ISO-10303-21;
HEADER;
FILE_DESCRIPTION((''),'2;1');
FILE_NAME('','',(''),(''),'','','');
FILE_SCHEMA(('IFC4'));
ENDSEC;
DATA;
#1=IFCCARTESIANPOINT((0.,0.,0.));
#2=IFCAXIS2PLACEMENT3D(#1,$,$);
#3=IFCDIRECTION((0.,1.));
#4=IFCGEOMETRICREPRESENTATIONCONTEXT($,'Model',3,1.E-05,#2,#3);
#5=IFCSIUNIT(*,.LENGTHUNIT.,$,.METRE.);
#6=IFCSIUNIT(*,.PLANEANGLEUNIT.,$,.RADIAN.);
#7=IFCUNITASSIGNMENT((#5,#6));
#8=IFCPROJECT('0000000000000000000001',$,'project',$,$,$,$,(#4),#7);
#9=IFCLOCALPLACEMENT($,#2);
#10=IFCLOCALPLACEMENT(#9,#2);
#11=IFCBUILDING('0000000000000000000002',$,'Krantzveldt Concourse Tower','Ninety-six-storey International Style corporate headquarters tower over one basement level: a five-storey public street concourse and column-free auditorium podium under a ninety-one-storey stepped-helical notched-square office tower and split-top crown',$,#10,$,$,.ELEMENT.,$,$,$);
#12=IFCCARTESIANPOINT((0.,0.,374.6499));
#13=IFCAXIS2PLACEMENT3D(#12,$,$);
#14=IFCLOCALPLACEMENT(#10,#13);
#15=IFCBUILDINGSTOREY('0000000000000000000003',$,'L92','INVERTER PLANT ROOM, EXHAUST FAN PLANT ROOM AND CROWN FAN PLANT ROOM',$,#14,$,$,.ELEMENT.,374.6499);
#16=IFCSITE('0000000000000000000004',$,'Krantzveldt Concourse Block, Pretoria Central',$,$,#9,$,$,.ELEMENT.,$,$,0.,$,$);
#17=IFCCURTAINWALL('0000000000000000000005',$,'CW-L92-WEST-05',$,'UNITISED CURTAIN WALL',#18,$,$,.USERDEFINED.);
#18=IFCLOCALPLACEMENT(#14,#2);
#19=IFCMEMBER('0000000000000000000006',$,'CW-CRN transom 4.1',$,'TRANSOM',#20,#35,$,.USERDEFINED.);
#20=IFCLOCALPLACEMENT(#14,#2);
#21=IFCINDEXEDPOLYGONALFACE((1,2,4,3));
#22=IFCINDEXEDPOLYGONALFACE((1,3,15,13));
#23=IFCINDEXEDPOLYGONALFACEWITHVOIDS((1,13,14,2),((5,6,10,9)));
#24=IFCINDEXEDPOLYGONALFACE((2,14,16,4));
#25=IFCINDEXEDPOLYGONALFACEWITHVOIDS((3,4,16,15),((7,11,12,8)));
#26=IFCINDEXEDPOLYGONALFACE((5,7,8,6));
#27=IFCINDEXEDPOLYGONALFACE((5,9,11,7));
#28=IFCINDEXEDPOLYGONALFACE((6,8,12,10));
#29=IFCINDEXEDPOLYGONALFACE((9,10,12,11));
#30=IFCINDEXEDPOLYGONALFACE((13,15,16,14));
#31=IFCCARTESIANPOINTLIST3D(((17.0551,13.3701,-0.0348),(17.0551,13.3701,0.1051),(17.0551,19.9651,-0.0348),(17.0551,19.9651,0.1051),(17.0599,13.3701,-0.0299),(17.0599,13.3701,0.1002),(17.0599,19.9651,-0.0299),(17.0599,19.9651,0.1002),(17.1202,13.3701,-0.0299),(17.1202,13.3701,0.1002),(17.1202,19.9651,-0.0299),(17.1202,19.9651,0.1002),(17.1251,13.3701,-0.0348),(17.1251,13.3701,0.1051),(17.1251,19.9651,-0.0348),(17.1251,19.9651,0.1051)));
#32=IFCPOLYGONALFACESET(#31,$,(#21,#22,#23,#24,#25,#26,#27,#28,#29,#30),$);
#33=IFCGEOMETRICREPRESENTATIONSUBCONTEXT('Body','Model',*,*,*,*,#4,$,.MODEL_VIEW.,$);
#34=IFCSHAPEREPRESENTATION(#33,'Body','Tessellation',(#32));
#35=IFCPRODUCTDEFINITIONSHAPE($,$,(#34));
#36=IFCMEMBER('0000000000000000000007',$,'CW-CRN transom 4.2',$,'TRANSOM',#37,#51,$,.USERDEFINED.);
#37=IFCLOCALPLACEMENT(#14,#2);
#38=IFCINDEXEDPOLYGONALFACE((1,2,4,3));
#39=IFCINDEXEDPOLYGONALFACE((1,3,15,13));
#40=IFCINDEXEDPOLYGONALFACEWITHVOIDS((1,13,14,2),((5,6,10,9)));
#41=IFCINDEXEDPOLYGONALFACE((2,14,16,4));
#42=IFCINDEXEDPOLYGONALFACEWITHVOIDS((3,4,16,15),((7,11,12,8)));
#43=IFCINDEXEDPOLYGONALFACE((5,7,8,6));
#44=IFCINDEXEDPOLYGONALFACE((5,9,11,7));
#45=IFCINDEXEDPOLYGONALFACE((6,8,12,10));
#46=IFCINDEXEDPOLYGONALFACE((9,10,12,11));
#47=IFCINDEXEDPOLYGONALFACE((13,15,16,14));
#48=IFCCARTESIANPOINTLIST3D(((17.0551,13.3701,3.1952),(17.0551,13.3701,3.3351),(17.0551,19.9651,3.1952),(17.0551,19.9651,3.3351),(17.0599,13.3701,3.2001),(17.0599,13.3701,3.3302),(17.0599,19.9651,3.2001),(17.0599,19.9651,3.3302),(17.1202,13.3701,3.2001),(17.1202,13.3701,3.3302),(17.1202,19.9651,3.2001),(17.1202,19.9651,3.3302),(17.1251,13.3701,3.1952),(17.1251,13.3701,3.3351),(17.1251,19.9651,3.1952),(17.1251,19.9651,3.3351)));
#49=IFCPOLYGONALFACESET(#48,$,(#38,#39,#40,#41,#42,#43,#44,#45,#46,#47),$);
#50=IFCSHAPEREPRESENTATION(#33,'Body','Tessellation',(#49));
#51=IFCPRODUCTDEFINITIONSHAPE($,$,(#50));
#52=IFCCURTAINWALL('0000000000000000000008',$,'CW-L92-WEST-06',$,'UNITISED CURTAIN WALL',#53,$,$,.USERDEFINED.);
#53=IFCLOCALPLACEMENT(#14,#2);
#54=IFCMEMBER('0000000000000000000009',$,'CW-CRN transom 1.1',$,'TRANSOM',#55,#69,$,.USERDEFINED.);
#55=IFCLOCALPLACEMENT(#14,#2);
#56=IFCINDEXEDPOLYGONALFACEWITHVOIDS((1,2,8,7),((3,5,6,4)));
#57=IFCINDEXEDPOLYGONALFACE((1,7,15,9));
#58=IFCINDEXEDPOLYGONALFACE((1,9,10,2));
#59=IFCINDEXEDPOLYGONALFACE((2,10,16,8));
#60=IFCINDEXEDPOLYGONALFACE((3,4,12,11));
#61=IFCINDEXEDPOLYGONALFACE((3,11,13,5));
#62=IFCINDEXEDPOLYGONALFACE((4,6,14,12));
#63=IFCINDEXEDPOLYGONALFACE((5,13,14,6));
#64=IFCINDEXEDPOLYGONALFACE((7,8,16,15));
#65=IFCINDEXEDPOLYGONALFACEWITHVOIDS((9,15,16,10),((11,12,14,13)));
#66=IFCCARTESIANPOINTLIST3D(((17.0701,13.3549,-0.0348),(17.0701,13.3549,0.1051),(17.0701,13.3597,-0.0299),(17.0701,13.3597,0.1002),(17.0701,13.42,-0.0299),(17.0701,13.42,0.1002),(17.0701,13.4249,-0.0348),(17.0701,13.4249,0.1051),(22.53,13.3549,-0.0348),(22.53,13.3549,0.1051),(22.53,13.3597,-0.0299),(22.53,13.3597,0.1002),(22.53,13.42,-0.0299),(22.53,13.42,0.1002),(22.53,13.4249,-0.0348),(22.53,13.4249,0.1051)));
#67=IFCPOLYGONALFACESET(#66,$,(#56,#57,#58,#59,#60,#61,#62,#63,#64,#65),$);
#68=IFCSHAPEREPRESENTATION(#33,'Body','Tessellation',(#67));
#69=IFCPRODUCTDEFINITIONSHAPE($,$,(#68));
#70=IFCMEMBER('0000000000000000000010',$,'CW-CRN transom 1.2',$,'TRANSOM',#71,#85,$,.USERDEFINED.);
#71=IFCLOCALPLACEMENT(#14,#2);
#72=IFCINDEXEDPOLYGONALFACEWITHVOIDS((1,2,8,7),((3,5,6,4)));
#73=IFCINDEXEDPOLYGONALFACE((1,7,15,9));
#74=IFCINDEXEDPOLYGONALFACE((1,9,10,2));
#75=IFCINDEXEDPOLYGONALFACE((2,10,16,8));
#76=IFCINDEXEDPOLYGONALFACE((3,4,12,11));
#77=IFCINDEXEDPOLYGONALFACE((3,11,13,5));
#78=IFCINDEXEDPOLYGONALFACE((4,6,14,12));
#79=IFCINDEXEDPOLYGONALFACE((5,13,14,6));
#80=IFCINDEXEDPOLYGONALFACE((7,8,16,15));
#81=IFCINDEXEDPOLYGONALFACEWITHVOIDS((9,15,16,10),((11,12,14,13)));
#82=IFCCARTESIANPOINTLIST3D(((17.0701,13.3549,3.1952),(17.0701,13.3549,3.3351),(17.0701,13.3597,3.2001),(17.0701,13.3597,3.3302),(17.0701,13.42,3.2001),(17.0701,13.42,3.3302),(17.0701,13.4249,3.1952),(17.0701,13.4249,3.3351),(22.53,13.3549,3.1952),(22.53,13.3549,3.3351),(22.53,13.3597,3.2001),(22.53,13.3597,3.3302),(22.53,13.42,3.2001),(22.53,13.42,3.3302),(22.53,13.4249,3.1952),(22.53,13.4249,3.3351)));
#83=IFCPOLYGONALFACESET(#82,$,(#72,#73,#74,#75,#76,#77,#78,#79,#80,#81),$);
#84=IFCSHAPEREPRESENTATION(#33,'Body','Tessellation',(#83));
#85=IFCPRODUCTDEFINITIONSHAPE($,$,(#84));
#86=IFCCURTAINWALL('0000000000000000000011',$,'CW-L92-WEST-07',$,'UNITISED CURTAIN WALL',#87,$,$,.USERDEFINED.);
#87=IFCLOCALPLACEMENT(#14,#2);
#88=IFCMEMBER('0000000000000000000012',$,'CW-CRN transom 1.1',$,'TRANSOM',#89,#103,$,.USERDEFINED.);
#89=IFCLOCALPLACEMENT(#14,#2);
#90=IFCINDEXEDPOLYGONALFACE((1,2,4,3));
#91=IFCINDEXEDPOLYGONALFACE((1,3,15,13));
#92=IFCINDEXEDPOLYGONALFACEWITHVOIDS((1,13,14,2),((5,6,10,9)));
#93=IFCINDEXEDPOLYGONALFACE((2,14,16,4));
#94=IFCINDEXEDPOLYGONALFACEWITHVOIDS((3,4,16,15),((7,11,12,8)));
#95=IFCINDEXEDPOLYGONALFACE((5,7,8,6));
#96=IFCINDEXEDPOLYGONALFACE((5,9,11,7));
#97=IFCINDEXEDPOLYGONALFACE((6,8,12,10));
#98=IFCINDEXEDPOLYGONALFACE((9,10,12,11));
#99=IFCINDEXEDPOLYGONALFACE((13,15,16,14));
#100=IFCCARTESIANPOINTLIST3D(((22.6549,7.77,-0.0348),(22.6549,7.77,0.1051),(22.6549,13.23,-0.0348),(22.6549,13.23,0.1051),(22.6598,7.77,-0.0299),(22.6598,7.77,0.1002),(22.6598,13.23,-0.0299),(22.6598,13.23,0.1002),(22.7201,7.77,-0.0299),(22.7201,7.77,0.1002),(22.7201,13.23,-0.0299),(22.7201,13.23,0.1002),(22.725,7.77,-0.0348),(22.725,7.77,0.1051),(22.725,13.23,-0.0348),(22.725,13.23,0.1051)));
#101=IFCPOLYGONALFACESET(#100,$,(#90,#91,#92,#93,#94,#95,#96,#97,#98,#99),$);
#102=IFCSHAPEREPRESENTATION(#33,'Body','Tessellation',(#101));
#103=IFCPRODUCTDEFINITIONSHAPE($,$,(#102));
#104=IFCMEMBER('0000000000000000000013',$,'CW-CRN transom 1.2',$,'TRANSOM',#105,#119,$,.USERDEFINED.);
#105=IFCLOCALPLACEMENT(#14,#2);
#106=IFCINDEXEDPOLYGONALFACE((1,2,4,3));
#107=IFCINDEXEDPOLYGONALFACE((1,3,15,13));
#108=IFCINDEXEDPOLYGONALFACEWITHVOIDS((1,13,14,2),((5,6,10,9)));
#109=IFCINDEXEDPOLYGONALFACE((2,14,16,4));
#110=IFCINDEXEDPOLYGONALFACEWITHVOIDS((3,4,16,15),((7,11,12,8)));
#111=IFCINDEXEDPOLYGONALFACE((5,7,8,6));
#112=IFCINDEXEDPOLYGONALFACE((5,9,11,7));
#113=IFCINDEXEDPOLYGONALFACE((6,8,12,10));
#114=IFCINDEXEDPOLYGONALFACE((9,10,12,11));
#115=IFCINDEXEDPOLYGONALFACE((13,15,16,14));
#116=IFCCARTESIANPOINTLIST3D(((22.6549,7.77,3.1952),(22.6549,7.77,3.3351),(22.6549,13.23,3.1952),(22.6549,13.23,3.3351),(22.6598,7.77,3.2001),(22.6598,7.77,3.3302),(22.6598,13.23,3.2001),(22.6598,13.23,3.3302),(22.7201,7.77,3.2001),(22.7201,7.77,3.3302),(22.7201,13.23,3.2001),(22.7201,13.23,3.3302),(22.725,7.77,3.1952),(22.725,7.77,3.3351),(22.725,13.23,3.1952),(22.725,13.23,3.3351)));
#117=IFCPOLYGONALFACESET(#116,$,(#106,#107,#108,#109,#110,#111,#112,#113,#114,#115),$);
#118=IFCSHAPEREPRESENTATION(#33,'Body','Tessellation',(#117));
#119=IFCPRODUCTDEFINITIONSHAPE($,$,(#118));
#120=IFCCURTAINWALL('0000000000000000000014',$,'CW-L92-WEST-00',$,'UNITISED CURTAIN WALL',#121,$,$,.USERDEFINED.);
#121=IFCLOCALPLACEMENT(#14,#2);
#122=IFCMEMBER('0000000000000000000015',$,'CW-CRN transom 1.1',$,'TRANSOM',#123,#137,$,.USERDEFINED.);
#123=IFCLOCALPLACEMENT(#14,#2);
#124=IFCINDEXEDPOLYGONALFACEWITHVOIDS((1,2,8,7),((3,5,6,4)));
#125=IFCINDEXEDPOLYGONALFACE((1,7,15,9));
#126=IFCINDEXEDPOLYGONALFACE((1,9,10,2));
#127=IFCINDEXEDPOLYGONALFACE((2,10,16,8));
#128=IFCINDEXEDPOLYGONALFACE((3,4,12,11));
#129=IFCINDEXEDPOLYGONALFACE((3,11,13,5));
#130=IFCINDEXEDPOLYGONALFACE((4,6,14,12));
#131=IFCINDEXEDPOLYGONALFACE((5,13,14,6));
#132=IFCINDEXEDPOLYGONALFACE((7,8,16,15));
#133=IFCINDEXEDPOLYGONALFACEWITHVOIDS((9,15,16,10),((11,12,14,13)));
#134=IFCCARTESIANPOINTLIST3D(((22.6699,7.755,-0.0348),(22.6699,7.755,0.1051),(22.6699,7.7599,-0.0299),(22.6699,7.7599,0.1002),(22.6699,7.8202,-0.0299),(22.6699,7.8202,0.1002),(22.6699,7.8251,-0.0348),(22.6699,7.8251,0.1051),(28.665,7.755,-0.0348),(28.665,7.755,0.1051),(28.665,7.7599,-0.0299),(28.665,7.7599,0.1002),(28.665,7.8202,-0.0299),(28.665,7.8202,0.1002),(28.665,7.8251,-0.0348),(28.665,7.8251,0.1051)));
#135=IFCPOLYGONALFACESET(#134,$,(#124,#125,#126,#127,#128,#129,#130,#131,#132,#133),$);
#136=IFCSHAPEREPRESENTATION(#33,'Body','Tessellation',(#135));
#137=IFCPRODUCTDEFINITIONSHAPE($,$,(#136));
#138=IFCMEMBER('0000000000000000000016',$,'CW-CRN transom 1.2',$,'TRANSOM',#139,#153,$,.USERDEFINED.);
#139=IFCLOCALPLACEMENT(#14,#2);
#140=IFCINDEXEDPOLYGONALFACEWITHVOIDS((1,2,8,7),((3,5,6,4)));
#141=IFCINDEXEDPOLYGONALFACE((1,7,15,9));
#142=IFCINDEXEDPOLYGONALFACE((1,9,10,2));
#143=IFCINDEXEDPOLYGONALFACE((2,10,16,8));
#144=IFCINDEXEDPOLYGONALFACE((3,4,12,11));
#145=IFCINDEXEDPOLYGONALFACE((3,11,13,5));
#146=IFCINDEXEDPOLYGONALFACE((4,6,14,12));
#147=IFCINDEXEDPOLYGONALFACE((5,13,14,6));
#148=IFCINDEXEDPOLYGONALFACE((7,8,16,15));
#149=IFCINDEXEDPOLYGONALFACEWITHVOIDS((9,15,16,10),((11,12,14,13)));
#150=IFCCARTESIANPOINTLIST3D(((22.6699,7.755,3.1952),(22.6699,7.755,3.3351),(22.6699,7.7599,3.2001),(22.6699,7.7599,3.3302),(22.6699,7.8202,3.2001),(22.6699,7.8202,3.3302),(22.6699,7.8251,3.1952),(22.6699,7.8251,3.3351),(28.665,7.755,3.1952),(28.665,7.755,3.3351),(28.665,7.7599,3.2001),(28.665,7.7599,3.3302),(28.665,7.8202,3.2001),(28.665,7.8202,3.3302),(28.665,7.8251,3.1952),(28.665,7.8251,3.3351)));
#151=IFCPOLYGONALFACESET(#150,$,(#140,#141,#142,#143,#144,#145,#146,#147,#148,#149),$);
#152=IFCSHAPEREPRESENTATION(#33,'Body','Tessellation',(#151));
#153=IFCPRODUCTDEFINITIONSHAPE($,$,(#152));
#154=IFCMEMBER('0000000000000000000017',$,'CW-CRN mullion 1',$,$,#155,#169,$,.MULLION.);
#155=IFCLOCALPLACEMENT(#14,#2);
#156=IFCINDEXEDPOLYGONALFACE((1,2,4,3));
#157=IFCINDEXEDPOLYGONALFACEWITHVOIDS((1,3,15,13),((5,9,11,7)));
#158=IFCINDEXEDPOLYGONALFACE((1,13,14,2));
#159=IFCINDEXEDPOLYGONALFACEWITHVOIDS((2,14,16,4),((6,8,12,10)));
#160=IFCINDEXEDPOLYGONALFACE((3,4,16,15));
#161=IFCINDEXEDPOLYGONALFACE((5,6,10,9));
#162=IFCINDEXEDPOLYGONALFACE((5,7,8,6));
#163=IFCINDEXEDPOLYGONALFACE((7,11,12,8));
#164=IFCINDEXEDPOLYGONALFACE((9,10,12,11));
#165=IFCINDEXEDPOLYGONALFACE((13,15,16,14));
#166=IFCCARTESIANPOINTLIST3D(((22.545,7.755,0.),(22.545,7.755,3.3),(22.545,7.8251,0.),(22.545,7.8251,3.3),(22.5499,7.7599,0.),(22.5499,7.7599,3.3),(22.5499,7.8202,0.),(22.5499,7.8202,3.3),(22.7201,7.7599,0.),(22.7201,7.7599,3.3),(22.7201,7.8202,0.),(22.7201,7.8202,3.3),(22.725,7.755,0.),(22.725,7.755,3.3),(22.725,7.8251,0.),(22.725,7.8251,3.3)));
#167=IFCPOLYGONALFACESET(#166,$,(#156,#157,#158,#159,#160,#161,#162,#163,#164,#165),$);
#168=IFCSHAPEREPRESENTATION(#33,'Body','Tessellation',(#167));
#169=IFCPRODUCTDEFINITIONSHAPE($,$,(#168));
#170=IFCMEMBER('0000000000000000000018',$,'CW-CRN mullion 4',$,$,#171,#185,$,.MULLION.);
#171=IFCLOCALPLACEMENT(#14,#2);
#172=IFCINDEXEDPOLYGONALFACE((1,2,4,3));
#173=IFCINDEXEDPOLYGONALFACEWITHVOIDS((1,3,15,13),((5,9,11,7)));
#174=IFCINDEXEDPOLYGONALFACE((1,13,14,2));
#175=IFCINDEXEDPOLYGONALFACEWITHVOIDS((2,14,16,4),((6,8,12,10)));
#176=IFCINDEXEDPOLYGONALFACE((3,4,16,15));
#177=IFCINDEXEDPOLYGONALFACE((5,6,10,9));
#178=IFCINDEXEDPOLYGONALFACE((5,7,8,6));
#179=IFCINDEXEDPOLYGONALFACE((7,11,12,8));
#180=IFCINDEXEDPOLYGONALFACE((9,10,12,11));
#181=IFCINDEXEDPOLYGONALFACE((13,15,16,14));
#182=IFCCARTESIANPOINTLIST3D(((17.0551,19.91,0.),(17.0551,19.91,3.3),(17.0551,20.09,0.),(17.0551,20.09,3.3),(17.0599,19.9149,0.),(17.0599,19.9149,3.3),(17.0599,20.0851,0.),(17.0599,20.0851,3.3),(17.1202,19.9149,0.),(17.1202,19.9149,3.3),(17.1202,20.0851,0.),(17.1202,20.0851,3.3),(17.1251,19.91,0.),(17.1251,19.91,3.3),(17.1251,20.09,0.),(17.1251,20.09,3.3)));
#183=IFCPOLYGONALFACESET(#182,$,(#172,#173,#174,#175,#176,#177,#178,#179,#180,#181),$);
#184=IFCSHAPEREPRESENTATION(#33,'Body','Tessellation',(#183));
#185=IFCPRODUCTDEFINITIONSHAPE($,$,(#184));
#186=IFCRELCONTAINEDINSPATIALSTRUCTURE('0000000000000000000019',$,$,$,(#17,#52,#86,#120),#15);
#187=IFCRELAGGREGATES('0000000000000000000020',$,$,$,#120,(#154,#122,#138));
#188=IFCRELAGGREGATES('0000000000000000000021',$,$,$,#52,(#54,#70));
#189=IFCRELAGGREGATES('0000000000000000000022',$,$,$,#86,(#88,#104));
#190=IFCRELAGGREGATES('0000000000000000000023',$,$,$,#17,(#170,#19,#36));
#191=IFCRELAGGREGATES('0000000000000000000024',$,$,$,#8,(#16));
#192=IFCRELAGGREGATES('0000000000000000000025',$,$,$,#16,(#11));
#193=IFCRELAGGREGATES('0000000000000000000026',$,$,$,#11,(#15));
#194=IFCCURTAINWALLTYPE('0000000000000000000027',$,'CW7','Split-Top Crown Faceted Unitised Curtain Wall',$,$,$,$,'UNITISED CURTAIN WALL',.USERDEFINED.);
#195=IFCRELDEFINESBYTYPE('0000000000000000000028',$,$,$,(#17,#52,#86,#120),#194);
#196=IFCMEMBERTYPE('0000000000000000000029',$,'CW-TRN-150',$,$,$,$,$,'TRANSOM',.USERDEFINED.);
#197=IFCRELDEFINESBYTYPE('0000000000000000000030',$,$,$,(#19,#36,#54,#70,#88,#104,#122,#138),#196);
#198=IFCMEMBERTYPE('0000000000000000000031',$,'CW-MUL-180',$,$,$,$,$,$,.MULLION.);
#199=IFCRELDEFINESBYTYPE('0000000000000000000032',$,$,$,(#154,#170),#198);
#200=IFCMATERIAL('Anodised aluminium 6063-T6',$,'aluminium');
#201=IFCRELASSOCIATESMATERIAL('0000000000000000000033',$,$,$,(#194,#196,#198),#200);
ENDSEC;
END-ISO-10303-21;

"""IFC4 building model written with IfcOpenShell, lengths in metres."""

from ifc_helpers import new_model, si_unit, direction, frame, origin, origin_2d, place, context, subcontext, project, spatial, hollow_rectangle, extrude, source, transform, mapped, material, material_profile, profile_set, type_object, type_shapes, element, aggregate, save


model = new_model("IFC4")

# Units and contexts
model_context = context("Model", 3, precision=1e-05, world=origin(), true_north=direction((0.0, 1.0)))
body_context = subcontext(model_context, "Body", "Model", "MODEL_VIEW")
ifc_project = project(units=[si_unit("LENGTHUNIT", "METRE"), si_unit("PLANEANGLEUNIT", "RADIAN")], contexts=[model_context])

# Site, building, storey
site_placement = place(None, origin())
site = spatial("IfcSite", under=ifc_project, at=site_placement, Name="Krantzveldt Concourse Block, Pretoria Central", CompositionType="ELEMENT", RefElevation=0.0)
building_placement = place(site_placement, origin())
building = spatial("IfcBuilding", under=site, at=building_placement, Name="Krantzveldt Concourse Tower", Description="Ninety-six-storey International Style corporate headquarters tower over one basement level: a five-storey public street concourse and column-free auditorium podium under a ninety-one-storey stepped-helical notched-square office tower and split-top crown", CompositionType="ELEMENT")
storey_placement = place(building_placement, frame((0.0, 0.0, 374.6499)))
storey = spatial("IfcBuildingStorey", under=building, at=storey_placement, Name="L92", Description="INVERTER PLANT ROOM, EXHAUST FAN PLANT ROOM AND CROWN FAN PLANT ROOM", CompositionType="ELEMENT", Elevation=374.6499)

# Curtain walls, members
ifc_material_1 = material(Name="Anodised aluminium 6063-T6", Category="aluminium")
curtain_wall_type = type_object("IfcCurtainWallType", Name="CW7", Description="Split-Top Crown Faceted Unitised Curtain Wall", ElementType="UNITISED CURTAIN WALL", PredefinedType="USERDEFINED", material=ifc_material_1)
curtain_wall_1_placement = place(storey_placement, origin())
curtain_wall_1 = element("IfcCurtainWall", 1, at=curtain_wall_1_placement, inside=storey, type_object=curtain_wall_type, Name="CW-L92-WEST-05", ObjectType="UNITISED CURTAIN WALL", PredefinedType="USERDEFINED")
ifc_material_profile_1 = material_profile(ifc_material_1, hollow_rectangle(XDim=0.0701, YDim=0.1399, WallThickness=0.0049, at=origin_2d()), Name="Anodised aluminium 6063-T6", Category="aluminium")
ifc_profile_set_1 = profile_set([ifc_material_profile_1], Name="Anodised aluminium 6063-T6 - ALU-TRAN 140x70x5")
member_type_1 = type_object("IfcMemberType", Name="CW-TRN-150", ElementType="TRANSOM", PredefinedType="USERDEFINED", material=ifc_profile_set_1)
shared_shape_1 = source(origin(), body_context, "Body", "SweptSolid", [
    extrude(hollow_rectangle(XDim=0.0701, YDim=0.1399, WallThickness=0.0049, at=origin_2d()), origin(), (0.0, 0.0, 1.0), 6.595),
])
member_1_placement = place(storey_placement, frame((17.0901, 19.9651, 0.0352), z_axis=(0.0, -1.0, 0.0), x_axis=(1.0, 0.0, 0.0)))
member_1 = element("IfcMember", 2, at=member_1_placement, type_object=member_type_1, Name="CW-CRN transom 4.1", ObjectType="TRANSOM", PredefinedType="USERDEFINED", context=body_context, shape_type="MappedRepresentation", body=[
    mapped(shared_shape_1, transform((0.0, 0.0, 0.0), x_axis=(1.0, 0.0, 0.0), y_axis=(0.0, 1.0, 0.0), z_axis=(0.0, 0.0, 1.0), scale=1.0)),
])
member_2_placement = place(storey_placement, frame((17.0901, 19.9651, 3.2651), z_axis=(0.0, -1.0, 0.0), x_axis=(1.0, 0.0, 0.0)))
member_2 = element("IfcMember", 3, at=member_2_placement, type_object=member_type_1, Name="CW-CRN transom 4.2", ObjectType="TRANSOM", PredefinedType="USERDEFINED", context=body_context, shape_type="MappedRepresentation", body=[
    mapped(shared_shape_1, transform((0.0, 0.0, 0.0), x_axis=(1.0, 0.0, 0.0), y_axis=(0.0, 1.0, 0.0), z_axis=(0.0, 0.0, 1.0), scale=1.0)),
])
curtain_wall_2_placement = place(storey_placement, origin())
curtain_wall_2 = element("IfcCurtainWall", 4, at=curtain_wall_2_placement, inside=storey, type_object=curtain_wall_type, Name="CW-L92-WEST-06", ObjectType="UNITISED CURTAIN WALL", PredefinedType="USERDEFINED")
shared_shape_2 = source(origin(), body_context, "Body", "SweptSolid", [
    extrude(hollow_rectangle(XDim=0.0701, YDim=0.1399, WallThickness=0.0049, at=origin_2d()), origin(), (0.0, 0.0, 1.0), 5.46),
])
member_3_placement = place(storey_placement, frame((17.0701, 13.3899, 0.0352), z_axis=(1.0, 0.0, 0.0), x_axis=(0.0, 1.0, 0.0)))
member_3 = element("IfcMember", 5, at=member_3_placement, type_object=member_type_1, Name="CW-CRN transom 1.1", ObjectType="TRANSOM", PredefinedType="USERDEFINED", context=body_context, shape_type="MappedRepresentation", body=[
    mapped(shared_shape_2, transform((0.0, 0.0, 0.0), x_axis=(1.0, 0.0, 0.0), y_axis=(0.0, 1.0, 0.0), z_axis=(0.0, 0.0, 1.0), scale=1.0)),
])
member_4_placement = place(storey_placement, frame((17.0701, 13.3899, 3.2651), z_axis=(1.0, 0.0, 0.0), x_axis=(0.0, 1.0, 0.0)))
member_4 = element("IfcMember", 6, at=member_4_placement, type_object=member_type_1, Name="CW-CRN transom 1.2", ObjectType="TRANSOM", PredefinedType="USERDEFINED", context=body_context, shape_type="MappedRepresentation", body=[
    mapped(shared_shape_2, transform((0.0, 0.0, 0.0), x_axis=(1.0, 0.0, 0.0), y_axis=(0.0, 1.0, 0.0), z_axis=(0.0, 0.0, 1.0), scale=1.0)),
])
curtain_wall_3_placement = place(storey_placement, origin())
curtain_wall_3 = element("IfcCurtainWall", 7, at=curtain_wall_3_placement, inside=storey, type_object=curtain_wall_type, Name="CW-L92-WEST-07", ObjectType="UNITISED CURTAIN WALL", PredefinedType="USERDEFINED")
member_5_placement = place(storey_placement, frame((22.6899, 13.23, 0.0352), z_axis=(0.0, -1.0, 0.0), x_axis=(1.0, 0.0, 0.0)))
member_5 = element("IfcMember", 8, at=member_5_placement, type_object=member_type_1, Name="CW-CRN transom 1.1", ObjectType="TRANSOM", PredefinedType="USERDEFINED", context=body_context, shape_type="MappedRepresentation", body=[
    mapped(shared_shape_2, transform((0.0, 0.0, 0.0), x_axis=(1.0, 0.0, 0.0), y_axis=(0.0, 1.0, 0.0), z_axis=(0.0, 0.0, 1.0), scale=1.0)),
])
member_6_placement = place(storey_placement, frame((22.6899, 13.23, 3.2651), z_axis=(0.0, -1.0, 0.0), x_axis=(1.0, 0.0, 0.0)))
member_6 = element("IfcMember", 9, at=member_6_placement, type_object=member_type_1, Name="CW-CRN transom 1.2", ObjectType="TRANSOM", PredefinedType="USERDEFINED", context=body_context, shape_type="MappedRepresentation", body=[
    mapped(shared_shape_2, transform((0.0, 0.0, 0.0), x_axis=(1.0, 0.0, 0.0), y_axis=(0.0, 1.0, 0.0), z_axis=(0.0, 0.0, 1.0), scale=1.0)),
])
curtain_wall_4_placement = place(storey_placement, origin())
curtain_wall_4 = element("IfcCurtainWall", 10, at=curtain_wall_4_placement, inside=storey, type_object=curtain_wall_type, Name="CW-L92-WEST-00", ObjectType="UNITISED CURTAIN WALL", PredefinedType="USERDEFINED")
shared_shape_3 = source(origin(), body_context, "Body", "SweptSolid", [
    extrude(hollow_rectangle(XDim=0.0701, YDim=0.1399, WallThickness=0.0049, at=origin_2d()), origin(), (0.0, 0.0, 1.0), 5.9951),
])
type_shapes(member_type_1, [shared_shape_1, shared_shape_2, shared_shape_3])
member_7_placement = place(storey_placement, frame((22.6699, 7.79, 0.0352), z_axis=(1.0, 0.0, 0.0), x_axis=(0.0, 1.0, 0.0)))
member_7 = element("IfcMember", 11, at=member_7_placement, type_object=member_type_1, Name="CW-CRN transom 1.1", ObjectType="TRANSOM", PredefinedType="USERDEFINED", context=body_context, shape_type="MappedRepresentation", body=[
    mapped(shared_shape_3, transform((0.0, 0.0, 0.0), x_axis=(1.0, 0.0, 0.0), y_axis=(0.0, 1.0, 0.0), z_axis=(0.0, 0.0, 1.0), scale=1.0)),
])
member_8_placement = place(storey_placement, frame((22.6699, 7.79, 3.2651), z_axis=(1.0, 0.0, 0.0), x_axis=(0.0, 1.0, 0.0)))
member_8 = element("IfcMember", 12, at=member_8_placement, type_object=member_type_1, Name="CW-CRN transom 1.2", ObjectType="TRANSOM", PredefinedType="USERDEFINED", context=body_context, shape_type="MappedRepresentation", body=[
    mapped(shared_shape_3, transform((0.0, 0.0, 0.0), x_axis=(1.0, 0.0, 0.0), y_axis=(0.0, 1.0, 0.0), z_axis=(0.0, 0.0, 1.0), scale=1.0)),
])
ifc_material_profile_2 = material_profile(ifc_material_1, hollow_rectangle(XDim=0.0701, YDim=0.1799, WallThickness=0.0049, at=origin_2d()), Name="Anodised aluminium 6063-T6", Category="aluminium")
ifc_profile_set_2 = profile_set([ifc_material_profile_2], Name="Anodised aluminium 6063-T6 - ALU-MULL 180x70x5")
member_type_2 = type_object("IfcMemberType", Name="CW-MUL-180", PredefinedType="MULLION", material=ifc_profile_set_2)
shared_shape_4 = source(origin(), body_context, "Body", "SweptSolid", [
    extrude(hollow_rectangle(XDim=0.0701, YDim=0.1799, WallThickness=0.0049, at=origin_2d()), origin(), (0.0, 0.0, 1.0), 3.3),
])
type_shapes(member_type_2, [shared_shape_4])
member_9_placement = place(storey_placement, frame((22.635, 7.79, 0.0), z_axis=(0.0, 0.0, 1.0), x_axis=(0.0, 1.0, 0.0)))
member_9 = element("IfcMember", 13, at=member_9_placement, type_object=member_type_2, Name="CW-CRN mullion 1", PredefinedType="MULLION", context=body_context, shape_type="MappedRepresentation", body=[
    mapped(shared_shape_4, transform((0.0, 0.0, 0.0), x_axis=(1.0, 0.0, 0.0), y_axis=(0.0, 1.0, 0.0), z_axis=(0.0, 0.0, 1.0), scale=1.0)),
])
aggregate(curtain_wall_4, [member_9, member_7, member_8])

# Member
member_10_placement = place(storey_placement, frame((17.0901, 20.0, 0.0), z_axis=(0.0, 0.0, 1.0), x_axis=(1.0, 0.0, 0.0)))
member_10 = element("IfcMember", 14, at=member_10_placement, type_object=member_type_2, Name="CW-CRN mullion 4", PredefinedType="MULLION", context=body_context, shape_type="MappedRepresentation", body=[
    mapped(shared_shape_4, transform((0.0, 0.0, 0.0), x_axis=(1.0, 0.0, 0.0), y_axis=(0.0, 1.0, 0.0), z_axis=(0.0, 0.0, 1.0), scale=1.0)),
])

aggregate(curtain_wall_2, [member_3, member_4])
aggregate(curtain_wall_3, [member_5, member_6])
aggregate(curtain_wall_1, [member_10, member_1, member_2])

save(model, "model.ifc")
